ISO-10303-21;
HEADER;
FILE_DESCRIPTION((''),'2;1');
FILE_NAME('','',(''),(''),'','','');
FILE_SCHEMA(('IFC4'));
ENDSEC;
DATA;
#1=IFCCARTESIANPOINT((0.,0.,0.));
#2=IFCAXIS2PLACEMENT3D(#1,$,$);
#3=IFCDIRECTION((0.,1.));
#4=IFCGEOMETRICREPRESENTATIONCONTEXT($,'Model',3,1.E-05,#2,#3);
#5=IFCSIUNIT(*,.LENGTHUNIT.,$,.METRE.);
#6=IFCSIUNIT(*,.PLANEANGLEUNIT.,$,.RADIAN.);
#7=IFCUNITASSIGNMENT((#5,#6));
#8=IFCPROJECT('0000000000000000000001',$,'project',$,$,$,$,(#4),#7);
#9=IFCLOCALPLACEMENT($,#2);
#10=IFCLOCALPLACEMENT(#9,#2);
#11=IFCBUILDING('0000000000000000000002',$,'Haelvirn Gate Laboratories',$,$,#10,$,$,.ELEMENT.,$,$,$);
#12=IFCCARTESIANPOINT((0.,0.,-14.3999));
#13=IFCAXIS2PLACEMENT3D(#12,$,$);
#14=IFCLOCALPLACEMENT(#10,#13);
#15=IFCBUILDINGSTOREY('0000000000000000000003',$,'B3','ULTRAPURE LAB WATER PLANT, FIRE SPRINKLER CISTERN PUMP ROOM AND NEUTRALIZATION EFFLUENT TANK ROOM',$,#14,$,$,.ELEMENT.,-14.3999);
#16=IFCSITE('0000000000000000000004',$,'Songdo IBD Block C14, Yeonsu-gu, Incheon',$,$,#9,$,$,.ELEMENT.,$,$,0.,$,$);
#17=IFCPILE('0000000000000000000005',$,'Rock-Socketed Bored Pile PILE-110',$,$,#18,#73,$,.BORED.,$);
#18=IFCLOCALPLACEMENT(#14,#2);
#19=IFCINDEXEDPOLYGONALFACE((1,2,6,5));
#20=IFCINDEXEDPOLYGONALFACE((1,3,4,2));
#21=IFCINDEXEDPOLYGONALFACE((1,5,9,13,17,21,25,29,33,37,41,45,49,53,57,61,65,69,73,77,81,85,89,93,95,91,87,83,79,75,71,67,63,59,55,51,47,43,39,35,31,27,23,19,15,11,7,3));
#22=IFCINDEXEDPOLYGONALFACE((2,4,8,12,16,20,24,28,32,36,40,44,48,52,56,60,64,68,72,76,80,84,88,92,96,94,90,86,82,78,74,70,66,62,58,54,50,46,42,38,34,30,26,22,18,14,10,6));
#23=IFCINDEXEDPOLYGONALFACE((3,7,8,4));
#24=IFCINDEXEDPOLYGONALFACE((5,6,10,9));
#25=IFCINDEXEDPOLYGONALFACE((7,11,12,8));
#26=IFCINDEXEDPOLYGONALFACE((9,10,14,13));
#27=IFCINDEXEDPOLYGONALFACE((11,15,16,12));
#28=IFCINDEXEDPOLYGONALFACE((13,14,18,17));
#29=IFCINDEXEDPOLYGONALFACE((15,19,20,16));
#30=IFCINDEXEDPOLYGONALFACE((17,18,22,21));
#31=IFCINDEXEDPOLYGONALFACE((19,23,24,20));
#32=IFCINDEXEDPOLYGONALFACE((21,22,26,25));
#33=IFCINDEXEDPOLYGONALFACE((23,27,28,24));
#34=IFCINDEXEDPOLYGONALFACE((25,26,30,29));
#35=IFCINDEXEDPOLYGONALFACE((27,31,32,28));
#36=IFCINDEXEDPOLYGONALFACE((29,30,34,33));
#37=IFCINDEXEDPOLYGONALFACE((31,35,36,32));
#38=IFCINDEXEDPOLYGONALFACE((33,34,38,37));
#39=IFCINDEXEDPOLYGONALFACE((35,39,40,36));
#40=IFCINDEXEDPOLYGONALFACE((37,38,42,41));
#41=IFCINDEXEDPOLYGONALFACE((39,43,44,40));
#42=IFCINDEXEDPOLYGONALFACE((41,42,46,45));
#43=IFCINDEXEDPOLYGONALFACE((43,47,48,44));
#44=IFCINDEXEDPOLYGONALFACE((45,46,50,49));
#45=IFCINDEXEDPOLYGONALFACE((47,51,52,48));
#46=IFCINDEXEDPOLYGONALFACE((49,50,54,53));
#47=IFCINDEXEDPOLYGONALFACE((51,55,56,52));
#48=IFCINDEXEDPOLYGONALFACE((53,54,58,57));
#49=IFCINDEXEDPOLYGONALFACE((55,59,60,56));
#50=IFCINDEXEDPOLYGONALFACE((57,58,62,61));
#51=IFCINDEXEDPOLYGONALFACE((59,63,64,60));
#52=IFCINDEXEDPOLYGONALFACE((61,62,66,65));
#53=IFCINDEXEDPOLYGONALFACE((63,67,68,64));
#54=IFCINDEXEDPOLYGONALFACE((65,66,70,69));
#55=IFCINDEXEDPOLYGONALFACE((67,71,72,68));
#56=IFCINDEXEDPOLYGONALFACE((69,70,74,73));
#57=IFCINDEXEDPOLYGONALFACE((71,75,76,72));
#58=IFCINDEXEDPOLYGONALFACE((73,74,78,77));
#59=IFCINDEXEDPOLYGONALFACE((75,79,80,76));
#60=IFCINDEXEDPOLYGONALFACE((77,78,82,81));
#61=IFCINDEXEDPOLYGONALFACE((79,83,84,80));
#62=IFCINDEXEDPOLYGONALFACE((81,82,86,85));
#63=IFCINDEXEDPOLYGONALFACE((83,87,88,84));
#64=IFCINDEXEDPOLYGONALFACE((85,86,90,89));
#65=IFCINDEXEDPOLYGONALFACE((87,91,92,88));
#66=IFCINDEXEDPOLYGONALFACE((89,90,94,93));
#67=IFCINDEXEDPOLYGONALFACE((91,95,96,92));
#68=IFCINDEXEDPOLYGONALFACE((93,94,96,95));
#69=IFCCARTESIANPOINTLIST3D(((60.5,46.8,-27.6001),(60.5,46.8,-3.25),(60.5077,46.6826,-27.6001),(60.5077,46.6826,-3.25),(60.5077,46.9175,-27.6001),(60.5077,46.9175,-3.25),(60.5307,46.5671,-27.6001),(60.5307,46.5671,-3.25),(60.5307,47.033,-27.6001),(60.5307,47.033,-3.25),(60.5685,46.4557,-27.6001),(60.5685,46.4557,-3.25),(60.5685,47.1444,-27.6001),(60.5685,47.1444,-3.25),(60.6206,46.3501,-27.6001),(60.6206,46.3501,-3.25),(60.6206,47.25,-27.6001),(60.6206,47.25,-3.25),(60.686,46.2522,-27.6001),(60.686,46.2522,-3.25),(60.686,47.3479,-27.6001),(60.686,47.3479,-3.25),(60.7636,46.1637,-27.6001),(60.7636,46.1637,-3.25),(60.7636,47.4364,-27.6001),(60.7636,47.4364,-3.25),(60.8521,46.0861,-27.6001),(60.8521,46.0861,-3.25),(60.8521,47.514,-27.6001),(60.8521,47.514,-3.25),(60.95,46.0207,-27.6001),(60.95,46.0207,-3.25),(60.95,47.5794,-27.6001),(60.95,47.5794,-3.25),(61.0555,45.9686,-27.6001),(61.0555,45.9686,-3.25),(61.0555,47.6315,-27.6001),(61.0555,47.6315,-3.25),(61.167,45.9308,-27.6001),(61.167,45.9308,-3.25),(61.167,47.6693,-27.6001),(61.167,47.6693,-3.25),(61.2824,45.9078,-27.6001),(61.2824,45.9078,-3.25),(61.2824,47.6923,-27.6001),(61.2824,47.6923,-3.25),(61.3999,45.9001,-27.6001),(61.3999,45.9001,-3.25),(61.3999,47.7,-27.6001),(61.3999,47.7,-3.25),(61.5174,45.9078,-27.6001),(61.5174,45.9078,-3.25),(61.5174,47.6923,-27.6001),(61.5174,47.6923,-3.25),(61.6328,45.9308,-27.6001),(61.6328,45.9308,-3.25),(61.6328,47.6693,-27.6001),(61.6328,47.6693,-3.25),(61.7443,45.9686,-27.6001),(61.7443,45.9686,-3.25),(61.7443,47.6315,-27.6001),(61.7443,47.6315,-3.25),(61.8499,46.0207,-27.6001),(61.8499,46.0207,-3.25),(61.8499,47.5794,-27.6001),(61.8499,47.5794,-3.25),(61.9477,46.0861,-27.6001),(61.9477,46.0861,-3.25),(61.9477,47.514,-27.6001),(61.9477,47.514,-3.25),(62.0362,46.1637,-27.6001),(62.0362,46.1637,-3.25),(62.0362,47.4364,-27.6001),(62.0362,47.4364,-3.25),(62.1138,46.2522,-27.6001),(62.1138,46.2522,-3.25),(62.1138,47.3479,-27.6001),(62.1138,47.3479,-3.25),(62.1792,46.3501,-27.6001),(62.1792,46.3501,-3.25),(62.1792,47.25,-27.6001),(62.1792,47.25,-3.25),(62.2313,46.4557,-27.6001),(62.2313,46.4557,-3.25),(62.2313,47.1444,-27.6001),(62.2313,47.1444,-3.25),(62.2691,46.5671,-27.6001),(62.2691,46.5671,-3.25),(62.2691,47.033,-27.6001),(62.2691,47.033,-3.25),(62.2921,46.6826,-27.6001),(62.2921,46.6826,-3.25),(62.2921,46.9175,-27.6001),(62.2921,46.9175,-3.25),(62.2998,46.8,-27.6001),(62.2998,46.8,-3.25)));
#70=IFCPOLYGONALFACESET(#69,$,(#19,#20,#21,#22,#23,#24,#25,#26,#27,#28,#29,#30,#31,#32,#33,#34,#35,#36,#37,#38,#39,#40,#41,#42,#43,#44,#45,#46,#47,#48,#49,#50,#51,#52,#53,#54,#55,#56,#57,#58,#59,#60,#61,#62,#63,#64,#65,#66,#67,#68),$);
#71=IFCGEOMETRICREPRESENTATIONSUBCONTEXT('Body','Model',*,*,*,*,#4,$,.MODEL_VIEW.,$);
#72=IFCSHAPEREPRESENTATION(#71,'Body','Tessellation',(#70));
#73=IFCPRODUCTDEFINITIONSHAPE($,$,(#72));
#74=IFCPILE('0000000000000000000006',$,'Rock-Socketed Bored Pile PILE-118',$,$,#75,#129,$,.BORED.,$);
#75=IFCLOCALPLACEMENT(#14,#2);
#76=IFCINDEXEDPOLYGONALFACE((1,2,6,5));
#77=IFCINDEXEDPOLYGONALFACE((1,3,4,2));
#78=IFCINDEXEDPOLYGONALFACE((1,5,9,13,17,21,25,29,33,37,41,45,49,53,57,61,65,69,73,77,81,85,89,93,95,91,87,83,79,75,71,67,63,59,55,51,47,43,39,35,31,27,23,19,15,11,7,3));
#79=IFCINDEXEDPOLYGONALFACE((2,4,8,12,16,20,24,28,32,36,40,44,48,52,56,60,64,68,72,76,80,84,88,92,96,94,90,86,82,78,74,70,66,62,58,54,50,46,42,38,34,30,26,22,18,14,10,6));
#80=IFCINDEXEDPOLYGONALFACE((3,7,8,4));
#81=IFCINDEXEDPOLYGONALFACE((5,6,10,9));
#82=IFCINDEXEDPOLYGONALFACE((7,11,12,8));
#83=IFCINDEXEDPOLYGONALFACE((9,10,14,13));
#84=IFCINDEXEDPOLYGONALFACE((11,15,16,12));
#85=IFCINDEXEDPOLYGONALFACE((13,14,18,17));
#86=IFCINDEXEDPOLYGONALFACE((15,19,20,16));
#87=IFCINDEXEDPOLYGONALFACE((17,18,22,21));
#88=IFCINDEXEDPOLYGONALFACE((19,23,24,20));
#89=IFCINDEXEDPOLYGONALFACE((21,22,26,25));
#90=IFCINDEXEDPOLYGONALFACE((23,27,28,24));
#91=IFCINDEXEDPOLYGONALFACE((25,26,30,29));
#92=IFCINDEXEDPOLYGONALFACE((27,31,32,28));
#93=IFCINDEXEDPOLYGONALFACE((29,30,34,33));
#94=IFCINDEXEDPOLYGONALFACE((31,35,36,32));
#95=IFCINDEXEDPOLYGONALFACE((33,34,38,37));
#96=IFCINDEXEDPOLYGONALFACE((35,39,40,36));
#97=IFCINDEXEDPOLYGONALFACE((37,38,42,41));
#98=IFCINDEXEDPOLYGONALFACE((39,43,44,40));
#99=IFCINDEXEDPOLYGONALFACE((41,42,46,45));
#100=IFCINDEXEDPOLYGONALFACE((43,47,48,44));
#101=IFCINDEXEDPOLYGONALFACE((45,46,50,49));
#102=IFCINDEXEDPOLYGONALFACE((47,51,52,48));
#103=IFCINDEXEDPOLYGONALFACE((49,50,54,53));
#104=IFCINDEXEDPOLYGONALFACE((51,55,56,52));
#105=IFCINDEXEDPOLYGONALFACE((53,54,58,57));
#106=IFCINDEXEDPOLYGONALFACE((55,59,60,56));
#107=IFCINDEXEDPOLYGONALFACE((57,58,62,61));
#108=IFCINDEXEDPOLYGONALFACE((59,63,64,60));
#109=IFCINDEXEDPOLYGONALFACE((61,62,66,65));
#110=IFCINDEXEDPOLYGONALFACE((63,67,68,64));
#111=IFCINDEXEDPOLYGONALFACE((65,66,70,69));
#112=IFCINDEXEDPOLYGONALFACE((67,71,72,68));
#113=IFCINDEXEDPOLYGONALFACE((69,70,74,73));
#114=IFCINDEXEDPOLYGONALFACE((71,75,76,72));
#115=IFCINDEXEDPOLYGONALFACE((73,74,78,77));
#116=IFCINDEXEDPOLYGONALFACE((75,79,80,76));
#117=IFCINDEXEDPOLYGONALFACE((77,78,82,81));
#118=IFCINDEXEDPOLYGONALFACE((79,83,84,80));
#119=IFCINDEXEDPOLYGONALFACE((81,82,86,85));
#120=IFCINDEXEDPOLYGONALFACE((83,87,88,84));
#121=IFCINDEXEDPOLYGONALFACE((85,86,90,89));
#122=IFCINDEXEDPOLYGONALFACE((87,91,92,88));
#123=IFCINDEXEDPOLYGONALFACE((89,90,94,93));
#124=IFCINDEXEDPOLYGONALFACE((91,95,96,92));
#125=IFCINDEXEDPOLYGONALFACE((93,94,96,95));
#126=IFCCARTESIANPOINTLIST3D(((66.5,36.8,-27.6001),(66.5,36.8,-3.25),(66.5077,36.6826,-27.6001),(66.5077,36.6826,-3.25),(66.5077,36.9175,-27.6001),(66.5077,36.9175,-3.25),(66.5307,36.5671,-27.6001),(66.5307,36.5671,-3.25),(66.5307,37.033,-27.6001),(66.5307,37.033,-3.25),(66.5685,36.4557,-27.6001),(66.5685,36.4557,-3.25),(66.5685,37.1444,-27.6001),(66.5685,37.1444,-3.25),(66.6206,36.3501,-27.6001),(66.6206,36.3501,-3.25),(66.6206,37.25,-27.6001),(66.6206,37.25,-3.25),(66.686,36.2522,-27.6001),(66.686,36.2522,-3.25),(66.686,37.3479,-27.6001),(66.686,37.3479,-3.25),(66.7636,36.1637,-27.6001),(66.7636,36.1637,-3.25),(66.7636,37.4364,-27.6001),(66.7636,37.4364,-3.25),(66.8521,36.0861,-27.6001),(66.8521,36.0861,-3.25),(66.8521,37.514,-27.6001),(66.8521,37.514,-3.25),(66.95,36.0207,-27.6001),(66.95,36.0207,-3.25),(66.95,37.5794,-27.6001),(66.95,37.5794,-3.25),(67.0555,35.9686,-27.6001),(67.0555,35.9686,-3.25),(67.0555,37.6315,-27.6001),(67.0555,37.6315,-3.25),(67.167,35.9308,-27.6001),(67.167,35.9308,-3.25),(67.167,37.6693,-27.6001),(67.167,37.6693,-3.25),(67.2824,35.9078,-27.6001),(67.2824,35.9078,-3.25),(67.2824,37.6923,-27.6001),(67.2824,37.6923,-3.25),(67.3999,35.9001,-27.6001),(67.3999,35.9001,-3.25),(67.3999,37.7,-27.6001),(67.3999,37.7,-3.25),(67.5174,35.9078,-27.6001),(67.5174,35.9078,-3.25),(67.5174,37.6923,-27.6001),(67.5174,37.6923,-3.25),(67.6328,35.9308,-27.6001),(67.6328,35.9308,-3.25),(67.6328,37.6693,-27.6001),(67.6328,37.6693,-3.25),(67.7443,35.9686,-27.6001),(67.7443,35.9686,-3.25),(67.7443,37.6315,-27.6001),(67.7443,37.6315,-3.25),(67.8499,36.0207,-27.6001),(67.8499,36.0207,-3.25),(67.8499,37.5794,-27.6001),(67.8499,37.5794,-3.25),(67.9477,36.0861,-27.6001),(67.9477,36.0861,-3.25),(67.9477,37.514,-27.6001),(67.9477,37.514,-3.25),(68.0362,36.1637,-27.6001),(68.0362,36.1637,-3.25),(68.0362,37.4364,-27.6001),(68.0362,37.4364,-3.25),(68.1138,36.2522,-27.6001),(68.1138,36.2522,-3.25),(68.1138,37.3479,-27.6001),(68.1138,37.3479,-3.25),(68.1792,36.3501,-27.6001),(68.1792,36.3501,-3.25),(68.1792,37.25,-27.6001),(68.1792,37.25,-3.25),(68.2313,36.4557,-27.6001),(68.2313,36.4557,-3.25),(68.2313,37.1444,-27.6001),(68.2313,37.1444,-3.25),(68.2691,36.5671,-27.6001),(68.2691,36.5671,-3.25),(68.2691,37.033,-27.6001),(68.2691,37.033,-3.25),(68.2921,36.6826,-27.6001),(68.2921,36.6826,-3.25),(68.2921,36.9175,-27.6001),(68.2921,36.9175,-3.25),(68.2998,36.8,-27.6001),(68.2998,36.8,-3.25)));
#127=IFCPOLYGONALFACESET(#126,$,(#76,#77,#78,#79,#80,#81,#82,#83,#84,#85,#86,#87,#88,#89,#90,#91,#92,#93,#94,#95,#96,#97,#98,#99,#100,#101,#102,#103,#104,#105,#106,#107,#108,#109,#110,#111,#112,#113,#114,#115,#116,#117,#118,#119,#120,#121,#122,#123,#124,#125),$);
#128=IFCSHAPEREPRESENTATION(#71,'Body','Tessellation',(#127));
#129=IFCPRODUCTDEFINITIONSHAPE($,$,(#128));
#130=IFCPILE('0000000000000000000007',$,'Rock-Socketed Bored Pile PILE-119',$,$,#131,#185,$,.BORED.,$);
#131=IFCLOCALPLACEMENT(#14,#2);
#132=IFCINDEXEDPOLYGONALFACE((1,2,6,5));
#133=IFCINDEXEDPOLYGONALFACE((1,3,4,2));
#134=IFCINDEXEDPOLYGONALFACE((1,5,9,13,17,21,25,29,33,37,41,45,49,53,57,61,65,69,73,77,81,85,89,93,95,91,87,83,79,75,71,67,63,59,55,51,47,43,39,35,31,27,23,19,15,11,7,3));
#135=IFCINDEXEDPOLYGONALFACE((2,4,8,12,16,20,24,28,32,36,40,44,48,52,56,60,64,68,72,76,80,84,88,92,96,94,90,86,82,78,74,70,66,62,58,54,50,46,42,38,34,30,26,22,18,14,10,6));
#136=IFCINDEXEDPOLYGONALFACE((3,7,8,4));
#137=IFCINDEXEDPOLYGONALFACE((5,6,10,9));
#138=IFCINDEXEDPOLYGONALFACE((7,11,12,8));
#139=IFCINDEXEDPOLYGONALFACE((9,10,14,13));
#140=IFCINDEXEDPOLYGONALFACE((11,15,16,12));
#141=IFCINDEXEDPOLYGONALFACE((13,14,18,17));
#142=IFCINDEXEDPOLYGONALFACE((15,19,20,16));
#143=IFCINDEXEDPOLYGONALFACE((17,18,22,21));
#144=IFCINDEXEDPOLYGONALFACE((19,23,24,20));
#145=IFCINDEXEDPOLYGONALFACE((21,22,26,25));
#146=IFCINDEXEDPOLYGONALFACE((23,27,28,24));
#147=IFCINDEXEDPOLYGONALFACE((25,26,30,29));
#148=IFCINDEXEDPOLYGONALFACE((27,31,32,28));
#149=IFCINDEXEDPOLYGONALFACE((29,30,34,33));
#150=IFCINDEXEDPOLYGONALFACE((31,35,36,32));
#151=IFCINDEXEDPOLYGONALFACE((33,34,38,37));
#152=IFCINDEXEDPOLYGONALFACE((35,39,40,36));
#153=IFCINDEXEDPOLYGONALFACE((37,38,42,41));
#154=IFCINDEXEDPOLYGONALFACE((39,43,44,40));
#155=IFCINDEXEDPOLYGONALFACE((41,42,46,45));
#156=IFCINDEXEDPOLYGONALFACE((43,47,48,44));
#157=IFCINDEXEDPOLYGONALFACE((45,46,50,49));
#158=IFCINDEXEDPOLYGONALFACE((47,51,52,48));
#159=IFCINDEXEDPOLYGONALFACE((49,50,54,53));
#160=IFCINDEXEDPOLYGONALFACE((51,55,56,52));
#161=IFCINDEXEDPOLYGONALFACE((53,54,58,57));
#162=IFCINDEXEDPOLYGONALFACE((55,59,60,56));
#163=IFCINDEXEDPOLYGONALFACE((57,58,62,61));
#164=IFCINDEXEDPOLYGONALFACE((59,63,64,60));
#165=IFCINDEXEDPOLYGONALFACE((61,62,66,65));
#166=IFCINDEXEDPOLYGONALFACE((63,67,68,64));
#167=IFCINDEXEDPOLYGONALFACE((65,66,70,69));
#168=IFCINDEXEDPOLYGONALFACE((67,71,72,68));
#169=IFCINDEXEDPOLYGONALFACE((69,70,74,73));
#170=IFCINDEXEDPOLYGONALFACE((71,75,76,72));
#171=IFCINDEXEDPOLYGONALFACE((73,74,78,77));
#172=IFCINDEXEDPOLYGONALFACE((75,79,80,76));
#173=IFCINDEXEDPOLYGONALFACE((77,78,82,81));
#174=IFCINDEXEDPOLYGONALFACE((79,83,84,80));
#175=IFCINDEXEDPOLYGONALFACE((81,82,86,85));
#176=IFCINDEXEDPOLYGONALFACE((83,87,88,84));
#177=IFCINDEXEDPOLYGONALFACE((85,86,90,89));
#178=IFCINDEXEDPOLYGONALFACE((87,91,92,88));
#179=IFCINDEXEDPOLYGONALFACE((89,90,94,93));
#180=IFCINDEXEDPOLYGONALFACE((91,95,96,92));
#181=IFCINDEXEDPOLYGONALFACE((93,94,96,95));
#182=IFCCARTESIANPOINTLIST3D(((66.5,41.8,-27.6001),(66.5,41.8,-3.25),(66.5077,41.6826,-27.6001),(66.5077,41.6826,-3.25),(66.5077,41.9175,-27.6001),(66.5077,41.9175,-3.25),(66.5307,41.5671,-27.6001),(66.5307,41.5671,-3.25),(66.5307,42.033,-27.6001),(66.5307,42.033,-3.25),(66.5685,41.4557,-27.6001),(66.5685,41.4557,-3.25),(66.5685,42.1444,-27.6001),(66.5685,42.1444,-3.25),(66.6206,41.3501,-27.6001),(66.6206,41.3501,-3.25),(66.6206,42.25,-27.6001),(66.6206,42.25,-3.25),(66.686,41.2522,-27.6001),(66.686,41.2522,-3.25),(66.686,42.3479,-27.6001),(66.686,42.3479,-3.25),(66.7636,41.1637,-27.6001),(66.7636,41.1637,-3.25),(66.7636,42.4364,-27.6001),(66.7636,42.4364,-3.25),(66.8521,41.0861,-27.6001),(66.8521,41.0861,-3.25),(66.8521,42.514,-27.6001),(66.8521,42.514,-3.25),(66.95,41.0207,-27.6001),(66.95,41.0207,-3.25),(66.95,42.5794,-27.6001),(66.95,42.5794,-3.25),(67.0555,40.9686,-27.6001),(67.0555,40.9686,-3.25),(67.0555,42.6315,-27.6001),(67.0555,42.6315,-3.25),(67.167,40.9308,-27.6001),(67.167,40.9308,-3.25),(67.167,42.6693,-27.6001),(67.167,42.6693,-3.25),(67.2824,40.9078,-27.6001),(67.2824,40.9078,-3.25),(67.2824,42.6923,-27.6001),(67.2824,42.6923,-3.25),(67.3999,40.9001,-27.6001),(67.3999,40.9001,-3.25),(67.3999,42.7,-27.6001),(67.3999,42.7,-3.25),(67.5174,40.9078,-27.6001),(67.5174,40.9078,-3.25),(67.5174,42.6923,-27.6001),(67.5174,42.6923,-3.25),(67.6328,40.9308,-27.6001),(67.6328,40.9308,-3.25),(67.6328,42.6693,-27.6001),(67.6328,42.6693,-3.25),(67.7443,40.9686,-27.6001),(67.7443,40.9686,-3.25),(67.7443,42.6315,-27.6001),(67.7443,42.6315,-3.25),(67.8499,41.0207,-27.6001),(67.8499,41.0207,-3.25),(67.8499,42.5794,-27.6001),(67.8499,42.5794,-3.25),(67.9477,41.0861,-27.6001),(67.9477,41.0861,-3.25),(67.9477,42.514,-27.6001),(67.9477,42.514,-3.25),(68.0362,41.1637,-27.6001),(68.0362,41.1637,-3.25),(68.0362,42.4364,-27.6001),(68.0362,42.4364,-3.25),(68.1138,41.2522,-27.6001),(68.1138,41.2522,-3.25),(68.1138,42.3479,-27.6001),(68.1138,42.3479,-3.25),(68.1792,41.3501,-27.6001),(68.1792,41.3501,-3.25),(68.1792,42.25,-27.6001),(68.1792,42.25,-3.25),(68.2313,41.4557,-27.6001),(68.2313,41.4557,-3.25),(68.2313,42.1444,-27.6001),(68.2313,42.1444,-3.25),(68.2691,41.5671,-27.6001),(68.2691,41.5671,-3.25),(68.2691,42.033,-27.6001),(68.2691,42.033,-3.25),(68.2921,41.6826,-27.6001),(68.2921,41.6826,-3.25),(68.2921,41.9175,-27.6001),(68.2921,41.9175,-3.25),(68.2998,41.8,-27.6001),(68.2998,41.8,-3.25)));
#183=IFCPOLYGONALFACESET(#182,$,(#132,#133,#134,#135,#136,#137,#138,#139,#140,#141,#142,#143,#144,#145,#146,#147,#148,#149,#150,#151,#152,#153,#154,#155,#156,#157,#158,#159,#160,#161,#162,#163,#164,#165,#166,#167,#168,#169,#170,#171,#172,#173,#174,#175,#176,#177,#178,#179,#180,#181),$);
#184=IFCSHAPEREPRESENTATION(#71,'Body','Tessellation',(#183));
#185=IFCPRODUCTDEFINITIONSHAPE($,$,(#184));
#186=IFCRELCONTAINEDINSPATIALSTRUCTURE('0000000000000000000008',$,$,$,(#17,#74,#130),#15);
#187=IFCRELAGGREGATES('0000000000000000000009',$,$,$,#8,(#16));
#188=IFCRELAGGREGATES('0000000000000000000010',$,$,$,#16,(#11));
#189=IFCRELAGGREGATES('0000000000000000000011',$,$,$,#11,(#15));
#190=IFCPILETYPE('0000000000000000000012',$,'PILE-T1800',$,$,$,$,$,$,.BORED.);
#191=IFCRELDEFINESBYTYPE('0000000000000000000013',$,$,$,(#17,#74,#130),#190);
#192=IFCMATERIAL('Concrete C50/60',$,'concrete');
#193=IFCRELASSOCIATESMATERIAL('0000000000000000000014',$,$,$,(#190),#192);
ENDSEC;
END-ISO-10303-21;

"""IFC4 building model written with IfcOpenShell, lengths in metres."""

from ifc_helpers import new_model, si_unit, direction, frame, origin, origin_2d, place, context, subcontext, project, spatial, circle, extrude, source, transform, mapped, material, material_profile, profile_set, type_object, type_shapes, element, save


model = new_model("IFC4")

# Units and contexts
model_context = context("Model", 3, precision=1e-05, world=origin(), true_north=direction((0.0, 1.0)))
body_context = subcontext(model_context, "Body", "Model", "MODEL_VIEW")
ifc_project = project(units=[si_unit("LENGTHUNIT", "METRE"), si_unit("PLANEANGLEUNIT", "RADIAN")], contexts=[model_context])

# Site, building, storey
site_placement = place(None, origin())
site = spatial("IfcSite", under=ifc_project, at=site_placement, Name="Songdo IBD Block C14, Yeonsu-gu, Incheon", CompositionType="ELEMENT", RefElevation=0.0)
building_placement = place(site_placement, origin())
building = spatial("IfcBuilding", under=site, at=building_placement, Name="Haelvirn Gate Laboratories", CompositionType="ELEMENT")
storey_placement = place(building_placement, frame((0.0, 0.0, -14.3999)))
storey = spatial("IfcBuildingStorey", under=building, at=storey_placement, Name="B3", Description="ULTRAPURE LAB WATER PLANT, FIRE SPRINKLER CISTERN PUMP ROOM AND NEUTRALIZATION EFFLUENT TANK ROOM", CompositionType="ELEMENT", Elevation=-14.3999)

# Piles
ifc_material_1 = material(Name="Concrete C50/60", Category="concrete")
ifc_material_profile_1 = material_profile(ifc_material_1, circle(Radius=0.8999, at=origin_2d()), Name="PILE-D1800")
ifc_profile_set_1 = profile_set([ifc_material_profile_1], Name="Concrete C50/60")
pile_type_1 = type_object("IfcPileType", Name="PILE-T1800", PredefinedType="BORED", material=ifc_profile_set_1)
shared_shape_1 = source(origin(), body_context, "Body", "SweptSolid", [
    extrude(circle(Radius=0.8999, at=origin_2d()), origin(), (0.0, 0.0, 1.0), 24.3501),
])
type_shapes(pile_type_1, [shared_shape_1])
for number, where, z_axis, x_axis, name in (
    (1, (61.3999, 46.8, -3.25), (0.0, 0.0, -1.0), (1.0, 0.0, 0.0), "Rock-Socketed Bored Pile PILE-110"),
    (2, (67.3999, 36.8, -3.25), (0.0, 0.0, -1.0), (1.0, 0.0, 0.0), "Rock-Socketed Bored Pile PILE-118"),
    (3, (67.3999, 41.8, -3.25), (0.0, 0.0, -1.0), (1.0, 0.0, 0.0), "Rock-Socketed Bored Pile PILE-119"),
):
    element("IfcPile", number, at=place(storey_placement, frame(where, z_axis=z_axis, x_axis=x_axis)), inside=storey, type_object=pile_type_1, Name=name, PredefinedType="BORED", context=body_context, shape_type="MappedRepresentation", body=[
        mapped(shared_shape_1, transform((0.0, 0.0, 0.0), scale=1.0)),
    ])

save(model, "model.ifc")
